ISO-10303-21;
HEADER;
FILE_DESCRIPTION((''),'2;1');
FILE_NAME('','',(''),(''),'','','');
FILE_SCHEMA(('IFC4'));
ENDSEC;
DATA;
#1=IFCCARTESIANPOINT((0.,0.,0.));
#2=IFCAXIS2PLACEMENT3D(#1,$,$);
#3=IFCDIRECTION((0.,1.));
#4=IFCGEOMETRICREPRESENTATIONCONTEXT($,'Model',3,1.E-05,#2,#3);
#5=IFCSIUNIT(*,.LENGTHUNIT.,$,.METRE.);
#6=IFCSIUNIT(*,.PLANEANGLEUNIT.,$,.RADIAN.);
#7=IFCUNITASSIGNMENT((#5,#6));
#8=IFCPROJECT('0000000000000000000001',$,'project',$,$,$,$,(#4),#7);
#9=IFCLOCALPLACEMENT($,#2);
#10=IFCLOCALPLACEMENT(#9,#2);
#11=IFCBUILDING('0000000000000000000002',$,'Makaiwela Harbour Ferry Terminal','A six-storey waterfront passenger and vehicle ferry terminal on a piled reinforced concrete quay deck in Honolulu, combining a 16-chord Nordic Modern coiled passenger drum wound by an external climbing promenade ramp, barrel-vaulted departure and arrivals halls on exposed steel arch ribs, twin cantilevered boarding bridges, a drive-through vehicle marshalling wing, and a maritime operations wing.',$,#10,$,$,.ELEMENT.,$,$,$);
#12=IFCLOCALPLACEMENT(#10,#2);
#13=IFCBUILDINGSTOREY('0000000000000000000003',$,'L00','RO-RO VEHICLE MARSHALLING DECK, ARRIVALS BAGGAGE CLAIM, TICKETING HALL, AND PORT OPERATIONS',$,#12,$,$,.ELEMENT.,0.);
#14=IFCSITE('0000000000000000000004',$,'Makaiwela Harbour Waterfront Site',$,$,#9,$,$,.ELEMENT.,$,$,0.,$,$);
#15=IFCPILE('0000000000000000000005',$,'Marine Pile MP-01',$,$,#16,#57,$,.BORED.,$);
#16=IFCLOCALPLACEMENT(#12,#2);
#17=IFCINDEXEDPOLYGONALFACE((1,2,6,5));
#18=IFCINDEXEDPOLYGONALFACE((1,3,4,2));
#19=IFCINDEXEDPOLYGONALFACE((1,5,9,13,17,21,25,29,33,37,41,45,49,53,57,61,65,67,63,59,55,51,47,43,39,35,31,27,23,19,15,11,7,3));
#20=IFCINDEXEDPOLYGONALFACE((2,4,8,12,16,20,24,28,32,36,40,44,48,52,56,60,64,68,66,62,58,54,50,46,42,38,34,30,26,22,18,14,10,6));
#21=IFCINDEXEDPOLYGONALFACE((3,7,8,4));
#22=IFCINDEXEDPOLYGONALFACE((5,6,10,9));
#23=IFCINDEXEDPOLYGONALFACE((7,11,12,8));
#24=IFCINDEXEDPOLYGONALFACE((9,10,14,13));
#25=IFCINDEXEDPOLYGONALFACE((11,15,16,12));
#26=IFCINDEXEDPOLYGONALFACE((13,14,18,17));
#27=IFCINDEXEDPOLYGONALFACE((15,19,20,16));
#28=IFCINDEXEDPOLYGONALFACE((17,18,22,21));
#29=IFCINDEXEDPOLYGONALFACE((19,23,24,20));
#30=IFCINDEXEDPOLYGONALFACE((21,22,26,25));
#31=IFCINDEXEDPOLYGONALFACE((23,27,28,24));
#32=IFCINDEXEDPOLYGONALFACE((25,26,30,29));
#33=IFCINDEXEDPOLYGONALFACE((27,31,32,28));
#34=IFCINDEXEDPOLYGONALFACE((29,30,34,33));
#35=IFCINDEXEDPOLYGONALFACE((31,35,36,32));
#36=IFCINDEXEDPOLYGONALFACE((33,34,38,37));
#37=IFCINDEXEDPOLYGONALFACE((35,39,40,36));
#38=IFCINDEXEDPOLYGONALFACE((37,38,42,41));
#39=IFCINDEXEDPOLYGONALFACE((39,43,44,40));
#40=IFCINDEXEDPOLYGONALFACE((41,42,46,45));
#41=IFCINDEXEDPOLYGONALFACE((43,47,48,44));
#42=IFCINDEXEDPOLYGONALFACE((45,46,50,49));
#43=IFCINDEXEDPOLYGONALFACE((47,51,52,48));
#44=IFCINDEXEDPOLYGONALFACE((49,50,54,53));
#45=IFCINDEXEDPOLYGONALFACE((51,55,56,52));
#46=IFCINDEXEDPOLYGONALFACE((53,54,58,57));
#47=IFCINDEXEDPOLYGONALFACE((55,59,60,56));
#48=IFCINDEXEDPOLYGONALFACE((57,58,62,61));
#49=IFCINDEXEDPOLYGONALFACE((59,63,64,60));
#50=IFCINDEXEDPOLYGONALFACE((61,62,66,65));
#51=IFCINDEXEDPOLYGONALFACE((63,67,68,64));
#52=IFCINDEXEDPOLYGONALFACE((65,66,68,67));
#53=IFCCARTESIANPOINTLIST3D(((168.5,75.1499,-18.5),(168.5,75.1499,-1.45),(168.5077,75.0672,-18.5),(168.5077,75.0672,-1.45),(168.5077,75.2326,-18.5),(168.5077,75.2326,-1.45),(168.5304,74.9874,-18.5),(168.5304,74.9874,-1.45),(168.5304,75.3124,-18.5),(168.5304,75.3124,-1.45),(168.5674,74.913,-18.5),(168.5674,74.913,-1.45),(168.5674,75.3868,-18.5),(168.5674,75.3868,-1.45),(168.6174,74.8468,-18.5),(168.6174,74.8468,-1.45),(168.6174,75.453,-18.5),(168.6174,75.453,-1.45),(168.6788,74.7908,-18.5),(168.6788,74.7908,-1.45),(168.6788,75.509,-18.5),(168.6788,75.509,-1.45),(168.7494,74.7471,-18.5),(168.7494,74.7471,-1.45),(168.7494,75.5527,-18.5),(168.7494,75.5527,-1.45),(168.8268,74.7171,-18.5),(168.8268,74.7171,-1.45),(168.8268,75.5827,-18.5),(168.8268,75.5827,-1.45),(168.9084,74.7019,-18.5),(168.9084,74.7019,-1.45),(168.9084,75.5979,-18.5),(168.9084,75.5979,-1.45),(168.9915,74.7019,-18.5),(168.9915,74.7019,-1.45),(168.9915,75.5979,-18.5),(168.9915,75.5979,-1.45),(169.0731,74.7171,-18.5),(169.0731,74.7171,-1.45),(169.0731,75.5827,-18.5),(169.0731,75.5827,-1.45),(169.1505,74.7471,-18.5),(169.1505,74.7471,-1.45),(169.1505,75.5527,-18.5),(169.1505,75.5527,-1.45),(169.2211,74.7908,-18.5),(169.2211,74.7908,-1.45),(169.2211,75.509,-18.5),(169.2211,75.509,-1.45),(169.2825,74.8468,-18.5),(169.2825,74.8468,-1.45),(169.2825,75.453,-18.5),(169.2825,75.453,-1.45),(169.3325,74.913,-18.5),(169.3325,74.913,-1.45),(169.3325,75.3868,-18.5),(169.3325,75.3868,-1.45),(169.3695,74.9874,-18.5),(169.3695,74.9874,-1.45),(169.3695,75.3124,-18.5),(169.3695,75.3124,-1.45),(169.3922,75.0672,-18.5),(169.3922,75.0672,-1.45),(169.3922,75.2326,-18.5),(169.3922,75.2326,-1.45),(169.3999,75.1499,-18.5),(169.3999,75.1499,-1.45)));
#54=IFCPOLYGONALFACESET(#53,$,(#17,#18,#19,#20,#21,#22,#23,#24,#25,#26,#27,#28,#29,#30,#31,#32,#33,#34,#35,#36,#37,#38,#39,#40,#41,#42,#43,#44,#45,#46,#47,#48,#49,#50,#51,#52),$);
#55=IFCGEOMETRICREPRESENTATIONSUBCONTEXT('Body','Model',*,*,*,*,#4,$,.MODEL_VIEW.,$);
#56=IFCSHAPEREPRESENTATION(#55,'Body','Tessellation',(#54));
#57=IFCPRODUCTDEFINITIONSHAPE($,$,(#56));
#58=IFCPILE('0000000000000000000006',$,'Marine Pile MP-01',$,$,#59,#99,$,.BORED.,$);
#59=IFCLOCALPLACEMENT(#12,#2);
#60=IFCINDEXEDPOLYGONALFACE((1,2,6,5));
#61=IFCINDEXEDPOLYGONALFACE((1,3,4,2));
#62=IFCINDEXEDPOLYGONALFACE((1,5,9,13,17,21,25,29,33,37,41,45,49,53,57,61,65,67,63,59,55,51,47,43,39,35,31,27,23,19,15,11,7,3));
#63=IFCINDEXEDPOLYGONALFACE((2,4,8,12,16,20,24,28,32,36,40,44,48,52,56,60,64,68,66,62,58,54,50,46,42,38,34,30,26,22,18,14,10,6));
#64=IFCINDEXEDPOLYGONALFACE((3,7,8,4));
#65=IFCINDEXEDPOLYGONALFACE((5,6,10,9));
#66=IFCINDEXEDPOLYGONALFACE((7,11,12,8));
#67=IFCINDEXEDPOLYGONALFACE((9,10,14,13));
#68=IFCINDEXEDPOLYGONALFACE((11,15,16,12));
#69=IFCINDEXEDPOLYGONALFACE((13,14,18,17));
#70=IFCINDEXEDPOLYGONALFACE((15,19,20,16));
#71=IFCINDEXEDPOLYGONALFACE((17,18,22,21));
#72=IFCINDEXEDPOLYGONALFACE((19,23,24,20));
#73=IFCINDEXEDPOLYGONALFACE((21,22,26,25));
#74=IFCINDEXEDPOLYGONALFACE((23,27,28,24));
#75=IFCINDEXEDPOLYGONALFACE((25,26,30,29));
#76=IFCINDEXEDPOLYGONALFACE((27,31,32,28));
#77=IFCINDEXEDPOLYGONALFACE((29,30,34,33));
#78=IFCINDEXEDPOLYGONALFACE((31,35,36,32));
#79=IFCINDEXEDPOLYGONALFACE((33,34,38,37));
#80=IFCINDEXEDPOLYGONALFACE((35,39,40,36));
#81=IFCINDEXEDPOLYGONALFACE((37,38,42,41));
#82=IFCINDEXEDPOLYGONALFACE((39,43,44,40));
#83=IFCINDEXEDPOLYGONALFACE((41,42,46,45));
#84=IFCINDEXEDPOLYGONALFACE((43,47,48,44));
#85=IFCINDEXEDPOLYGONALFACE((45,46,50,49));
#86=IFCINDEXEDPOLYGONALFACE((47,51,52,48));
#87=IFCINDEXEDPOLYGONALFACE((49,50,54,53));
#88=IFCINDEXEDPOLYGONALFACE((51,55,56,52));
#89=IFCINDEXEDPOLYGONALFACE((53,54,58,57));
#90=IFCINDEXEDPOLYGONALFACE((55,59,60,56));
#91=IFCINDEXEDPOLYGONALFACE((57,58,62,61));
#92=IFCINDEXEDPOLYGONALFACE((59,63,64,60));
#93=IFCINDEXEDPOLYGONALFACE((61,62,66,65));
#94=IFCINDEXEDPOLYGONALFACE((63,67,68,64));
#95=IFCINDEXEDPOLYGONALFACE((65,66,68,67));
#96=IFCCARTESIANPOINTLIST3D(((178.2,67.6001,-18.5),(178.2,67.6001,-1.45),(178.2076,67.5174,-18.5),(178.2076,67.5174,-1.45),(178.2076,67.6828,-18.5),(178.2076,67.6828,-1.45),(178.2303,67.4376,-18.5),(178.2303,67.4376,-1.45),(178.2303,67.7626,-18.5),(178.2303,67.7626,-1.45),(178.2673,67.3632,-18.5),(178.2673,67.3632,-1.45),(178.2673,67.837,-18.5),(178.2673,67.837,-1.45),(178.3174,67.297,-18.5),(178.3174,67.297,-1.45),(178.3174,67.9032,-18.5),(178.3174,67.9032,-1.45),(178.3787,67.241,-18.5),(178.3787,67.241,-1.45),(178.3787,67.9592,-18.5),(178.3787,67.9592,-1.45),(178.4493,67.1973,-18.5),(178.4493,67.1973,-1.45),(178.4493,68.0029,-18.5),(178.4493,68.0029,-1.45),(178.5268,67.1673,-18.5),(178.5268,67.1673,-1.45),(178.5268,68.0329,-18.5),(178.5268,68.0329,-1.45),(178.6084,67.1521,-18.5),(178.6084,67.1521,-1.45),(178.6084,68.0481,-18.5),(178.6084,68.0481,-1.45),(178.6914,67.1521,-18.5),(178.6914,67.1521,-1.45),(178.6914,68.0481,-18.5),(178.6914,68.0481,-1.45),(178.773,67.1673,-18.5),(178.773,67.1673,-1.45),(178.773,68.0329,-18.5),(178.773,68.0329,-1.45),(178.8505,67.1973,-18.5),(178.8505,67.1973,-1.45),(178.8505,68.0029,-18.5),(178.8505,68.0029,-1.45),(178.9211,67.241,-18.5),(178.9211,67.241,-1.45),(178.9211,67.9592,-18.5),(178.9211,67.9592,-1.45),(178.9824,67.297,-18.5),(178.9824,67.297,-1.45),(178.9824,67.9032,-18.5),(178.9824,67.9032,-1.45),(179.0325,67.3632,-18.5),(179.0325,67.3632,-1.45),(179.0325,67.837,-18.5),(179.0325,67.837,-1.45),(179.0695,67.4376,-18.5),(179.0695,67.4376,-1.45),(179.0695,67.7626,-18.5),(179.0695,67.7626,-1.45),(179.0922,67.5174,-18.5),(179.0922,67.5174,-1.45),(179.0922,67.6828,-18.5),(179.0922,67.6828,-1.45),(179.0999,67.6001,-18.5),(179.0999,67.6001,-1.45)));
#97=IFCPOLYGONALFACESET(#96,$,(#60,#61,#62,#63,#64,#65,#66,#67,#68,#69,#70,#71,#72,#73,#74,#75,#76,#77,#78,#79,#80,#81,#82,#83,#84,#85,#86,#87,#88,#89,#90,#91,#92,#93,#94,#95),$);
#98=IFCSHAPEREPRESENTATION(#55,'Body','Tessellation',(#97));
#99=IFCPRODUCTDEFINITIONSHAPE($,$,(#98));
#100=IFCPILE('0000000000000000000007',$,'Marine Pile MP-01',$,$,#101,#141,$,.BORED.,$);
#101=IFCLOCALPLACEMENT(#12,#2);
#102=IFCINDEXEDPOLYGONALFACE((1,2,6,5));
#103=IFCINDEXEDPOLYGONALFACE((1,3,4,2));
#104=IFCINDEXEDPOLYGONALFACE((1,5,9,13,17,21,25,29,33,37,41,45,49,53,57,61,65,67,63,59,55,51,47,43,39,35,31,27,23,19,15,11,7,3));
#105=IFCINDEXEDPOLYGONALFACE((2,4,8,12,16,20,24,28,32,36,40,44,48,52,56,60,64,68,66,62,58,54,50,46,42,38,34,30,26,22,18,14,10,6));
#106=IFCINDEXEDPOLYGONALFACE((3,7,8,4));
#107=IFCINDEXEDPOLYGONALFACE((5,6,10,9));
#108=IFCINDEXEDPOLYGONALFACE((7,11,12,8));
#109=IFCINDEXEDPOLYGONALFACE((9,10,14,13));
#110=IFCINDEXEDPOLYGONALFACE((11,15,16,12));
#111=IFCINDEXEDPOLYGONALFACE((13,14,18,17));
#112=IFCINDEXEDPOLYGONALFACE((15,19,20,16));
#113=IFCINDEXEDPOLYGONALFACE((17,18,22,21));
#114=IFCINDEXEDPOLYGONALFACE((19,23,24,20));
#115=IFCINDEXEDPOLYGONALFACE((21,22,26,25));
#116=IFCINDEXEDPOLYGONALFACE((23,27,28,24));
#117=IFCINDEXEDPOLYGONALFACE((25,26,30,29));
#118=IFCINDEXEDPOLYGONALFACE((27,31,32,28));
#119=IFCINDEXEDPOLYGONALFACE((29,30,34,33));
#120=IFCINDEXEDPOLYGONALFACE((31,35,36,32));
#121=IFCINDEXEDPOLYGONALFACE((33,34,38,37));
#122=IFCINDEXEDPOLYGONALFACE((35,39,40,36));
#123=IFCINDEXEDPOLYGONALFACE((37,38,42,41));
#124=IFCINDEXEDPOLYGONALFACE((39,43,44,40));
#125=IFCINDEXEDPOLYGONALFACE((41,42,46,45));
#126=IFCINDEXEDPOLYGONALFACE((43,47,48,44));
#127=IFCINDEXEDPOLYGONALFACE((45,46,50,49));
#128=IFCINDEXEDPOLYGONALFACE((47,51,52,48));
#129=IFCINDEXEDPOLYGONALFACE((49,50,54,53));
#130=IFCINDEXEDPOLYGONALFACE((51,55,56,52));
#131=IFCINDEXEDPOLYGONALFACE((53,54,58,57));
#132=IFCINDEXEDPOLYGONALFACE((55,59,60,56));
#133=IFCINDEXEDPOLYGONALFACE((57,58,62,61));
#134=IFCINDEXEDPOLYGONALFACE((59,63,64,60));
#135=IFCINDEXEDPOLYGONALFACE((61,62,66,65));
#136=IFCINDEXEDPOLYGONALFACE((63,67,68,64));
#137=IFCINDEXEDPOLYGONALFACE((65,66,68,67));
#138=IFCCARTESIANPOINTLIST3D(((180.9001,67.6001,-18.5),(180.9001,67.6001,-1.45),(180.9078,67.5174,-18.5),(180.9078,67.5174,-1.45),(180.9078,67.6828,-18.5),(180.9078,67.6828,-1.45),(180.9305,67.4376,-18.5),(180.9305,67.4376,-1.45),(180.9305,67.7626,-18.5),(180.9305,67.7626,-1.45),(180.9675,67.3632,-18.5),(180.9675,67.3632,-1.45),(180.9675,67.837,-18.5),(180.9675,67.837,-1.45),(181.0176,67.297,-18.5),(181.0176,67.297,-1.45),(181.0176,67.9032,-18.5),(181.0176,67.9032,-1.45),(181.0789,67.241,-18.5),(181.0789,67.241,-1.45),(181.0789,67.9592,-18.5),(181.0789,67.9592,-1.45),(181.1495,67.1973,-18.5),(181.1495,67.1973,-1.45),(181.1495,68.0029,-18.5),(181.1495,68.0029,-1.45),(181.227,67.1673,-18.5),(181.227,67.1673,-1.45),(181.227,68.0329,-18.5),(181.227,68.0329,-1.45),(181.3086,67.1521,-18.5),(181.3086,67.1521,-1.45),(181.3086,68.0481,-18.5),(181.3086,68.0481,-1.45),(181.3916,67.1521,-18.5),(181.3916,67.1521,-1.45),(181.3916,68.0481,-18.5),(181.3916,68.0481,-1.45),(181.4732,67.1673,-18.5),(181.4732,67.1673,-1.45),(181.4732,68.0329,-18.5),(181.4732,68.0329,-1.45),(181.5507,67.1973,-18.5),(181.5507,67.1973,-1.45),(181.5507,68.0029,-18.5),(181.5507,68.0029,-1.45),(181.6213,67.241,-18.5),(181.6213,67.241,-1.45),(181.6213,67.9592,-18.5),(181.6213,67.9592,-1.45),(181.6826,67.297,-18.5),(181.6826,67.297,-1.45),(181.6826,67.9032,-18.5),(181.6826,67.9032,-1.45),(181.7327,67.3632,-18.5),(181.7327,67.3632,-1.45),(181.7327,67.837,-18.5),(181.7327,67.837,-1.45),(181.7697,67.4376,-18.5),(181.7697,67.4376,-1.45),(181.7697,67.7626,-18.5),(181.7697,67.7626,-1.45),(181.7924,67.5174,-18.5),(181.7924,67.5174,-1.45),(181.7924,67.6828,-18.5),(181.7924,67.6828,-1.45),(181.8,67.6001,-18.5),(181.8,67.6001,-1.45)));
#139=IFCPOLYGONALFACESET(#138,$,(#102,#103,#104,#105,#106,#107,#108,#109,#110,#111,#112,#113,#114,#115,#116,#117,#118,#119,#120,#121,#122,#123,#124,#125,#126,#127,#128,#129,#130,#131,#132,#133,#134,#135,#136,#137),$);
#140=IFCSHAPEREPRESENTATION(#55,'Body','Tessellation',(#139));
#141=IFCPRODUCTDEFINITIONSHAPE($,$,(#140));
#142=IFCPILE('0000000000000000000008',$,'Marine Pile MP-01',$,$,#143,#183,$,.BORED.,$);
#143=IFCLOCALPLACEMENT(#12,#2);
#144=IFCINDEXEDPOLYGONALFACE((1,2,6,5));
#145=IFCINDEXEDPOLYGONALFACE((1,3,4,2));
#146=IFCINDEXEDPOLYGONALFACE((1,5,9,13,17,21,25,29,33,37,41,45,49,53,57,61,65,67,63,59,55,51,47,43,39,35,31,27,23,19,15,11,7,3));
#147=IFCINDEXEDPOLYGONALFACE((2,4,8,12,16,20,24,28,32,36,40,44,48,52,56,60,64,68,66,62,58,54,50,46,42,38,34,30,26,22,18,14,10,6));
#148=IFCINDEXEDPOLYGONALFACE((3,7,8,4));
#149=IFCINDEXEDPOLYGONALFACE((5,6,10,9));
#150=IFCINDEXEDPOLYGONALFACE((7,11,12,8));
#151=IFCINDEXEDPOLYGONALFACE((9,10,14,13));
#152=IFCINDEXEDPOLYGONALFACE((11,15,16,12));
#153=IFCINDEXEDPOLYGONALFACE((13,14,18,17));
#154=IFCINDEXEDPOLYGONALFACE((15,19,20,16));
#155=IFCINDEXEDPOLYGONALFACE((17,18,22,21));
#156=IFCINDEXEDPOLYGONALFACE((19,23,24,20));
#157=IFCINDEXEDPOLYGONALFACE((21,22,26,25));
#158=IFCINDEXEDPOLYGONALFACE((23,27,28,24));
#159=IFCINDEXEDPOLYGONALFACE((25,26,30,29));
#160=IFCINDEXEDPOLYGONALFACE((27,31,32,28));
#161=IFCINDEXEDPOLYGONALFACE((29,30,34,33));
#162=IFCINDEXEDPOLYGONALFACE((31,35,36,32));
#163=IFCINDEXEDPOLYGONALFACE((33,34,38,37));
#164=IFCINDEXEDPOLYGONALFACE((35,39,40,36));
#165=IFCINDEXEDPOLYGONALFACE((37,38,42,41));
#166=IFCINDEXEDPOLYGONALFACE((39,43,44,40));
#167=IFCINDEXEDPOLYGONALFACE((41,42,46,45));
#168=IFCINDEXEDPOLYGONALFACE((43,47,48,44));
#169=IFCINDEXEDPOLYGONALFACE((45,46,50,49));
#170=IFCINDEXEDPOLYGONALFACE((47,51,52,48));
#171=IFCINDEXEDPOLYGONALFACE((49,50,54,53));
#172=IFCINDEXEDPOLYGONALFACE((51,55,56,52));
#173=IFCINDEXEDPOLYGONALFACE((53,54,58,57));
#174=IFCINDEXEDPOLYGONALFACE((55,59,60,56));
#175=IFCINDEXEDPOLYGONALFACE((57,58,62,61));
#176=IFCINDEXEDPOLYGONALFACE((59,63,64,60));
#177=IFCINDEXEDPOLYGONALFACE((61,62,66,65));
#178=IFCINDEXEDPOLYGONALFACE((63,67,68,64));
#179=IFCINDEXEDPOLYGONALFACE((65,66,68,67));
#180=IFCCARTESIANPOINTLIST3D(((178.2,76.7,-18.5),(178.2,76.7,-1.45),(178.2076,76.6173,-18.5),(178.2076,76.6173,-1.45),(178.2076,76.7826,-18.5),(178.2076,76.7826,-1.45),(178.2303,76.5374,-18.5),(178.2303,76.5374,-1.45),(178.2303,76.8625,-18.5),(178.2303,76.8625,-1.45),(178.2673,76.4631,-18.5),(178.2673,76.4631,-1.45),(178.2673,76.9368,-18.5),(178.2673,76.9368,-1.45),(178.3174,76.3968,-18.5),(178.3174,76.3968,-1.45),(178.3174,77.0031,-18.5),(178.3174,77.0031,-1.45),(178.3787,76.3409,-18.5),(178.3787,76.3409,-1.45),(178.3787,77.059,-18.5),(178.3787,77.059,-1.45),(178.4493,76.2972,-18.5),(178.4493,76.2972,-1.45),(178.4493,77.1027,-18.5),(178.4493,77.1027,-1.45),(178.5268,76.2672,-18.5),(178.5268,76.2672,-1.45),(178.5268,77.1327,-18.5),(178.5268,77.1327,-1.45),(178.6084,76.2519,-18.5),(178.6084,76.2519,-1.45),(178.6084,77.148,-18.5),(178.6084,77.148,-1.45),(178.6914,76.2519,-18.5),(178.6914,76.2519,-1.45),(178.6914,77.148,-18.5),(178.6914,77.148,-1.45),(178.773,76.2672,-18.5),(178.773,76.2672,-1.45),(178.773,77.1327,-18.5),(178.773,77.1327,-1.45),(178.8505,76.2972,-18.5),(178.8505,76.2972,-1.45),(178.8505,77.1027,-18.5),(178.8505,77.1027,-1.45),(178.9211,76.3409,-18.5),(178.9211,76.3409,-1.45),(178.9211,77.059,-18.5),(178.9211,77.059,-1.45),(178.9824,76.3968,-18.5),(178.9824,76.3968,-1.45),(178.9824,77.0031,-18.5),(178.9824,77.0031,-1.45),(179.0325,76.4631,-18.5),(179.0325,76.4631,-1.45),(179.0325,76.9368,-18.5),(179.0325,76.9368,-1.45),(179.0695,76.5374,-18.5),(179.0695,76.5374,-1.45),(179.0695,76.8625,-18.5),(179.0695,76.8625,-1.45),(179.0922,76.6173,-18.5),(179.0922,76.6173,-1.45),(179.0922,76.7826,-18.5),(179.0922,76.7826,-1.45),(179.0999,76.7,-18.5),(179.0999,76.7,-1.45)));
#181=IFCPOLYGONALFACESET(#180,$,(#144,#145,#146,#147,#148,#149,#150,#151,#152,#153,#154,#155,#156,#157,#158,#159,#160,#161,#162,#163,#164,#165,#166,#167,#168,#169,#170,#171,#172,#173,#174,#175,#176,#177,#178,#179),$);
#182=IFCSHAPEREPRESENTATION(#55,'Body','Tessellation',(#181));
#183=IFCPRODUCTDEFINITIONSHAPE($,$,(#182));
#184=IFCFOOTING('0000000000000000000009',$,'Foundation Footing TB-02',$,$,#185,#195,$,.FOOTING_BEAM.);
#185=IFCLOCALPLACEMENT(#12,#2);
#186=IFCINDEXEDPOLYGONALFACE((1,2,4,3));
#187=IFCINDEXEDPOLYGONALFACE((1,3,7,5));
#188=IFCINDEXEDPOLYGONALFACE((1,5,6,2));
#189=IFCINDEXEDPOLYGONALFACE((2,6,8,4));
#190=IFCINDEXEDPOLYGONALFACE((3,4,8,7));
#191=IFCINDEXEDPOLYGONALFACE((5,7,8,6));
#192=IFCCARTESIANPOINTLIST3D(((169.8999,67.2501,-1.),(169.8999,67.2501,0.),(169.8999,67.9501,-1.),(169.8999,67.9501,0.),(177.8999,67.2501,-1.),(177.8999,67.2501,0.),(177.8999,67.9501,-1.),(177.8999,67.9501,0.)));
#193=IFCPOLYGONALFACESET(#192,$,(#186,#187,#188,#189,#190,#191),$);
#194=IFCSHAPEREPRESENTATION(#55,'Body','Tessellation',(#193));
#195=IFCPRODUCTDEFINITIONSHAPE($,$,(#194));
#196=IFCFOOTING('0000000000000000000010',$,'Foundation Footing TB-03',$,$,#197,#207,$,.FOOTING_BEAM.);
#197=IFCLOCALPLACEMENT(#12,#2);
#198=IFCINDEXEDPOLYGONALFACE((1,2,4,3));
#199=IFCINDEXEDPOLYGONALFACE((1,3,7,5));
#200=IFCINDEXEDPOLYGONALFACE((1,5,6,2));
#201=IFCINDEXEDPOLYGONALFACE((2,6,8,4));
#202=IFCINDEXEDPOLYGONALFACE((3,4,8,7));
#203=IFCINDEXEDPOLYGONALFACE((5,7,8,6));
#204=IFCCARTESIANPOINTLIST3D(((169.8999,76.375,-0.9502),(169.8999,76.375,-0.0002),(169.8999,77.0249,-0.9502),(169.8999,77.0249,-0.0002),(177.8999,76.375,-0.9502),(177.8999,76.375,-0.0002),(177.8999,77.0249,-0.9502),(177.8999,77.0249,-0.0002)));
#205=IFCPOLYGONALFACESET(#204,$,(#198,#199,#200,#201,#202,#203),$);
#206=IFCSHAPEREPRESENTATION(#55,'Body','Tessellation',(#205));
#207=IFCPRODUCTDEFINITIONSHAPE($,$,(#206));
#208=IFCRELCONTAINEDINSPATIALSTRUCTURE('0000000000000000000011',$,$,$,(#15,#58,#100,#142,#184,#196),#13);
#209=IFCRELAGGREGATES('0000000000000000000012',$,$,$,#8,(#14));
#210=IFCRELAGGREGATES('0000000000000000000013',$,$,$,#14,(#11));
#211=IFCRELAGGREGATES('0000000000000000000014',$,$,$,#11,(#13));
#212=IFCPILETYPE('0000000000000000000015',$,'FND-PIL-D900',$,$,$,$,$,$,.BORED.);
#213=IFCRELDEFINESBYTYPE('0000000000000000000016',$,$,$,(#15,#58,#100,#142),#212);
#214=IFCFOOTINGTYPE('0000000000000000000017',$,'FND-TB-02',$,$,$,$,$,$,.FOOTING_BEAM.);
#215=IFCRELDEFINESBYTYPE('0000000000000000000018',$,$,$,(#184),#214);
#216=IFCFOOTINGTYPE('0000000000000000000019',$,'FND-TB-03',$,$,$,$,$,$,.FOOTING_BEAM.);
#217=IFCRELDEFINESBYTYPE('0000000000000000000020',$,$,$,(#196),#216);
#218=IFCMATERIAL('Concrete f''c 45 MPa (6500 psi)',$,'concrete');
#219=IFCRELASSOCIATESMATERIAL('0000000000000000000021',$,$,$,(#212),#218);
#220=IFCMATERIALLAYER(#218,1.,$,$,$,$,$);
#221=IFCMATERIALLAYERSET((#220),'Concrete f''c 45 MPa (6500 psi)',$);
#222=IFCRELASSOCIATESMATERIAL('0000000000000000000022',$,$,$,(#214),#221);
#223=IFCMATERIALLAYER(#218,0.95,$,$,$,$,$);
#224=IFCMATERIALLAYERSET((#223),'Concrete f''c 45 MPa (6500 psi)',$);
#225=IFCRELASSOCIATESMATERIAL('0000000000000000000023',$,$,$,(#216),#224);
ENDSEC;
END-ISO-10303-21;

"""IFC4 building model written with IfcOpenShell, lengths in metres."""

from ifc_helpers import new_model, si_unit, direction, frame, origin, origin_2d, place, context, subcontext, project, spatial, rectangle, circle, extrude, material, layer, layer_set, material_profile, profile_set, type_object, element, save


model = new_model("IFC4")

# Units and contexts
model_context = context("Model", 3, precision=1e-05, world=origin(), true_north=direction((0.0, 1.0)))
body_context = subcontext(model_context, "Body", "Model", "MODEL_VIEW")
ifc_project = project(units=[si_unit("LENGTHUNIT", "METRE"), si_unit("PLANEANGLEUNIT", "RADIAN")], contexts=[model_context])

# Site, building, storey
site_placement = place(None, origin())
site = spatial("IfcSite", under=ifc_project, at=site_placement, Name="Makaiwela Harbour Waterfront Site", CompositionType="ELEMENT", RefElevation=0.0)
building_placement = place(site_placement, origin())
building = spatial("IfcBuilding", under=site, at=building_placement, Name="Makaiwela Harbour Ferry Terminal", Description="A six-storey waterfront passenger and vehicle ferry terminal on a piled reinforced concrete quay deck in Honolulu, combining a 16-chord Nordic Modern coiled passenger drum wound by an external climbing promenade ramp, barrel-vaulted departure and arrivals halls on exposed steel arch ribs, twin cantilevered boarding bridges, a drive-through vehicle marshalling wing, and a maritime operations wing.", CompositionType="ELEMENT")
storey_placement = place(building_placement, origin())
storey = spatial("IfcBuildingStorey", under=building, at=storey_placement, Name="L00", Description="RO-RO VEHICLE MARSHALLING DECK, ARRIVALS BAGGAGE CLAIM, TICKETING HALL, AND PORT OPERATIONS", CompositionType="ELEMENT", Elevation=0.0)

# Shared definitions
ifc_material_1 = material(Name="Concrete f'c 45 MPa (6500 psi)", Category="concrete")

# Piles
ifc_material_profile_1 = material_profile(ifc_material_1, circle(Radius=0.45, at=origin_2d()), Name="PILE-D900")
ifc_profile_set_1 = profile_set([ifc_material_profile_1], Name="Concrete f'c 45 MPa (6500 psi)")
pile_type = type_object("IfcPileType", Name="FND-PIL-D900", PredefinedType="BORED", material=ifc_profile_set_1)
for number, where, z_axis, x_axis, name in (
    (1, (168.95, 75.1499, -1.45), (0.0, 0.0, -1.0), (1.0, 0.0, 0.0), "Marine Pile MP-01"),
    (2, (178.6499, 67.6001, -1.45), (0.0, 0.0, -1.0), (1.0, 0.0, 0.0), "Marine Pile MP-01"),
    (3, (181.3501, 67.6001, -1.45), (0.0, 0.0, -1.0), (1.0, 0.0, 0.0), "Marine Pile MP-01"),
    (4, (178.6499, 76.7, -1.45), (0.0, 0.0, -1.0), (1.0, 0.0, 0.0), "Marine Pile MP-01"),
):
    element("IfcPile", number, at=place(storey_placement, frame(where, z_axis=z_axis, x_axis=x_axis)), inside=storey, type_object=pile_type, Name=name, PredefinedType="BORED", context=body_context, shape_type="SweptSolid", body=[
        extrude(circle(Radius=0.45, at=origin_2d()), origin(), (0.0, 0.0, 1.0), 17.05),
    ])

# Footings
ifc_layer_1 = layer(ifc_material_1, 1.0)
ifc_layer_set_1 = layer_set([ifc_layer_1], Name="Concrete f'c 45 MPa (6500 psi)")
footing_type_1 = type_object("IfcFootingType", Name="FND-TB-02", PredefinedType="FOOTING_BEAM", material=ifc_layer_set_1)
footing_1_placement = place(storey_placement, frame((173.8999, 67.6001, -1.0), z_axis=(0.0, 0.0, 1.0), x_axis=(1.0, 0.0, 0.0)))
element("IfcFooting", 5, at=footing_1_placement, inside=storey, type_object=footing_type_1, Name="Foundation Footing TB-02", PredefinedType="FOOTING_BEAM", context=body_context, shape_type="SweptSolid", body=[
    extrude(rectangle(XDim=8.0, YDim=0.7, at=origin_2d()), origin(), (0.0, 0.0, 1.0), 1.0),
])
ifc_layer_2 = layer(ifc_material_1, 0.95)
ifc_layer_set_2 = layer_set([ifc_layer_2], Name="Concrete f'c 45 MPa (6500 psi)")
footing_type_2 = type_object("IfcFootingType", Name="FND-TB-03", PredefinedType="FOOTING_BEAM", material=ifc_layer_set_2)
footing_2_placement = place(storey_placement, frame((173.8999, 76.7, -0.9502), z_axis=(0.0, 0.0, 1.0), x_axis=(1.0, 0.0, 0.0)))
element("IfcFooting", 6, at=footing_2_placement, inside=storey, type_object=footing_type_2, Name="Foundation Footing TB-03", PredefinedType="FOOTING_BEAM", context=body_context, shape_type="SweptSolid", body=[
    extrude(rectangle(XDim=8.0, YDim=0.6499, at=origin_2d()), origin(), (0.0, 0.0, 1.0), 0.95),
])

save(model, "model.ifc")
